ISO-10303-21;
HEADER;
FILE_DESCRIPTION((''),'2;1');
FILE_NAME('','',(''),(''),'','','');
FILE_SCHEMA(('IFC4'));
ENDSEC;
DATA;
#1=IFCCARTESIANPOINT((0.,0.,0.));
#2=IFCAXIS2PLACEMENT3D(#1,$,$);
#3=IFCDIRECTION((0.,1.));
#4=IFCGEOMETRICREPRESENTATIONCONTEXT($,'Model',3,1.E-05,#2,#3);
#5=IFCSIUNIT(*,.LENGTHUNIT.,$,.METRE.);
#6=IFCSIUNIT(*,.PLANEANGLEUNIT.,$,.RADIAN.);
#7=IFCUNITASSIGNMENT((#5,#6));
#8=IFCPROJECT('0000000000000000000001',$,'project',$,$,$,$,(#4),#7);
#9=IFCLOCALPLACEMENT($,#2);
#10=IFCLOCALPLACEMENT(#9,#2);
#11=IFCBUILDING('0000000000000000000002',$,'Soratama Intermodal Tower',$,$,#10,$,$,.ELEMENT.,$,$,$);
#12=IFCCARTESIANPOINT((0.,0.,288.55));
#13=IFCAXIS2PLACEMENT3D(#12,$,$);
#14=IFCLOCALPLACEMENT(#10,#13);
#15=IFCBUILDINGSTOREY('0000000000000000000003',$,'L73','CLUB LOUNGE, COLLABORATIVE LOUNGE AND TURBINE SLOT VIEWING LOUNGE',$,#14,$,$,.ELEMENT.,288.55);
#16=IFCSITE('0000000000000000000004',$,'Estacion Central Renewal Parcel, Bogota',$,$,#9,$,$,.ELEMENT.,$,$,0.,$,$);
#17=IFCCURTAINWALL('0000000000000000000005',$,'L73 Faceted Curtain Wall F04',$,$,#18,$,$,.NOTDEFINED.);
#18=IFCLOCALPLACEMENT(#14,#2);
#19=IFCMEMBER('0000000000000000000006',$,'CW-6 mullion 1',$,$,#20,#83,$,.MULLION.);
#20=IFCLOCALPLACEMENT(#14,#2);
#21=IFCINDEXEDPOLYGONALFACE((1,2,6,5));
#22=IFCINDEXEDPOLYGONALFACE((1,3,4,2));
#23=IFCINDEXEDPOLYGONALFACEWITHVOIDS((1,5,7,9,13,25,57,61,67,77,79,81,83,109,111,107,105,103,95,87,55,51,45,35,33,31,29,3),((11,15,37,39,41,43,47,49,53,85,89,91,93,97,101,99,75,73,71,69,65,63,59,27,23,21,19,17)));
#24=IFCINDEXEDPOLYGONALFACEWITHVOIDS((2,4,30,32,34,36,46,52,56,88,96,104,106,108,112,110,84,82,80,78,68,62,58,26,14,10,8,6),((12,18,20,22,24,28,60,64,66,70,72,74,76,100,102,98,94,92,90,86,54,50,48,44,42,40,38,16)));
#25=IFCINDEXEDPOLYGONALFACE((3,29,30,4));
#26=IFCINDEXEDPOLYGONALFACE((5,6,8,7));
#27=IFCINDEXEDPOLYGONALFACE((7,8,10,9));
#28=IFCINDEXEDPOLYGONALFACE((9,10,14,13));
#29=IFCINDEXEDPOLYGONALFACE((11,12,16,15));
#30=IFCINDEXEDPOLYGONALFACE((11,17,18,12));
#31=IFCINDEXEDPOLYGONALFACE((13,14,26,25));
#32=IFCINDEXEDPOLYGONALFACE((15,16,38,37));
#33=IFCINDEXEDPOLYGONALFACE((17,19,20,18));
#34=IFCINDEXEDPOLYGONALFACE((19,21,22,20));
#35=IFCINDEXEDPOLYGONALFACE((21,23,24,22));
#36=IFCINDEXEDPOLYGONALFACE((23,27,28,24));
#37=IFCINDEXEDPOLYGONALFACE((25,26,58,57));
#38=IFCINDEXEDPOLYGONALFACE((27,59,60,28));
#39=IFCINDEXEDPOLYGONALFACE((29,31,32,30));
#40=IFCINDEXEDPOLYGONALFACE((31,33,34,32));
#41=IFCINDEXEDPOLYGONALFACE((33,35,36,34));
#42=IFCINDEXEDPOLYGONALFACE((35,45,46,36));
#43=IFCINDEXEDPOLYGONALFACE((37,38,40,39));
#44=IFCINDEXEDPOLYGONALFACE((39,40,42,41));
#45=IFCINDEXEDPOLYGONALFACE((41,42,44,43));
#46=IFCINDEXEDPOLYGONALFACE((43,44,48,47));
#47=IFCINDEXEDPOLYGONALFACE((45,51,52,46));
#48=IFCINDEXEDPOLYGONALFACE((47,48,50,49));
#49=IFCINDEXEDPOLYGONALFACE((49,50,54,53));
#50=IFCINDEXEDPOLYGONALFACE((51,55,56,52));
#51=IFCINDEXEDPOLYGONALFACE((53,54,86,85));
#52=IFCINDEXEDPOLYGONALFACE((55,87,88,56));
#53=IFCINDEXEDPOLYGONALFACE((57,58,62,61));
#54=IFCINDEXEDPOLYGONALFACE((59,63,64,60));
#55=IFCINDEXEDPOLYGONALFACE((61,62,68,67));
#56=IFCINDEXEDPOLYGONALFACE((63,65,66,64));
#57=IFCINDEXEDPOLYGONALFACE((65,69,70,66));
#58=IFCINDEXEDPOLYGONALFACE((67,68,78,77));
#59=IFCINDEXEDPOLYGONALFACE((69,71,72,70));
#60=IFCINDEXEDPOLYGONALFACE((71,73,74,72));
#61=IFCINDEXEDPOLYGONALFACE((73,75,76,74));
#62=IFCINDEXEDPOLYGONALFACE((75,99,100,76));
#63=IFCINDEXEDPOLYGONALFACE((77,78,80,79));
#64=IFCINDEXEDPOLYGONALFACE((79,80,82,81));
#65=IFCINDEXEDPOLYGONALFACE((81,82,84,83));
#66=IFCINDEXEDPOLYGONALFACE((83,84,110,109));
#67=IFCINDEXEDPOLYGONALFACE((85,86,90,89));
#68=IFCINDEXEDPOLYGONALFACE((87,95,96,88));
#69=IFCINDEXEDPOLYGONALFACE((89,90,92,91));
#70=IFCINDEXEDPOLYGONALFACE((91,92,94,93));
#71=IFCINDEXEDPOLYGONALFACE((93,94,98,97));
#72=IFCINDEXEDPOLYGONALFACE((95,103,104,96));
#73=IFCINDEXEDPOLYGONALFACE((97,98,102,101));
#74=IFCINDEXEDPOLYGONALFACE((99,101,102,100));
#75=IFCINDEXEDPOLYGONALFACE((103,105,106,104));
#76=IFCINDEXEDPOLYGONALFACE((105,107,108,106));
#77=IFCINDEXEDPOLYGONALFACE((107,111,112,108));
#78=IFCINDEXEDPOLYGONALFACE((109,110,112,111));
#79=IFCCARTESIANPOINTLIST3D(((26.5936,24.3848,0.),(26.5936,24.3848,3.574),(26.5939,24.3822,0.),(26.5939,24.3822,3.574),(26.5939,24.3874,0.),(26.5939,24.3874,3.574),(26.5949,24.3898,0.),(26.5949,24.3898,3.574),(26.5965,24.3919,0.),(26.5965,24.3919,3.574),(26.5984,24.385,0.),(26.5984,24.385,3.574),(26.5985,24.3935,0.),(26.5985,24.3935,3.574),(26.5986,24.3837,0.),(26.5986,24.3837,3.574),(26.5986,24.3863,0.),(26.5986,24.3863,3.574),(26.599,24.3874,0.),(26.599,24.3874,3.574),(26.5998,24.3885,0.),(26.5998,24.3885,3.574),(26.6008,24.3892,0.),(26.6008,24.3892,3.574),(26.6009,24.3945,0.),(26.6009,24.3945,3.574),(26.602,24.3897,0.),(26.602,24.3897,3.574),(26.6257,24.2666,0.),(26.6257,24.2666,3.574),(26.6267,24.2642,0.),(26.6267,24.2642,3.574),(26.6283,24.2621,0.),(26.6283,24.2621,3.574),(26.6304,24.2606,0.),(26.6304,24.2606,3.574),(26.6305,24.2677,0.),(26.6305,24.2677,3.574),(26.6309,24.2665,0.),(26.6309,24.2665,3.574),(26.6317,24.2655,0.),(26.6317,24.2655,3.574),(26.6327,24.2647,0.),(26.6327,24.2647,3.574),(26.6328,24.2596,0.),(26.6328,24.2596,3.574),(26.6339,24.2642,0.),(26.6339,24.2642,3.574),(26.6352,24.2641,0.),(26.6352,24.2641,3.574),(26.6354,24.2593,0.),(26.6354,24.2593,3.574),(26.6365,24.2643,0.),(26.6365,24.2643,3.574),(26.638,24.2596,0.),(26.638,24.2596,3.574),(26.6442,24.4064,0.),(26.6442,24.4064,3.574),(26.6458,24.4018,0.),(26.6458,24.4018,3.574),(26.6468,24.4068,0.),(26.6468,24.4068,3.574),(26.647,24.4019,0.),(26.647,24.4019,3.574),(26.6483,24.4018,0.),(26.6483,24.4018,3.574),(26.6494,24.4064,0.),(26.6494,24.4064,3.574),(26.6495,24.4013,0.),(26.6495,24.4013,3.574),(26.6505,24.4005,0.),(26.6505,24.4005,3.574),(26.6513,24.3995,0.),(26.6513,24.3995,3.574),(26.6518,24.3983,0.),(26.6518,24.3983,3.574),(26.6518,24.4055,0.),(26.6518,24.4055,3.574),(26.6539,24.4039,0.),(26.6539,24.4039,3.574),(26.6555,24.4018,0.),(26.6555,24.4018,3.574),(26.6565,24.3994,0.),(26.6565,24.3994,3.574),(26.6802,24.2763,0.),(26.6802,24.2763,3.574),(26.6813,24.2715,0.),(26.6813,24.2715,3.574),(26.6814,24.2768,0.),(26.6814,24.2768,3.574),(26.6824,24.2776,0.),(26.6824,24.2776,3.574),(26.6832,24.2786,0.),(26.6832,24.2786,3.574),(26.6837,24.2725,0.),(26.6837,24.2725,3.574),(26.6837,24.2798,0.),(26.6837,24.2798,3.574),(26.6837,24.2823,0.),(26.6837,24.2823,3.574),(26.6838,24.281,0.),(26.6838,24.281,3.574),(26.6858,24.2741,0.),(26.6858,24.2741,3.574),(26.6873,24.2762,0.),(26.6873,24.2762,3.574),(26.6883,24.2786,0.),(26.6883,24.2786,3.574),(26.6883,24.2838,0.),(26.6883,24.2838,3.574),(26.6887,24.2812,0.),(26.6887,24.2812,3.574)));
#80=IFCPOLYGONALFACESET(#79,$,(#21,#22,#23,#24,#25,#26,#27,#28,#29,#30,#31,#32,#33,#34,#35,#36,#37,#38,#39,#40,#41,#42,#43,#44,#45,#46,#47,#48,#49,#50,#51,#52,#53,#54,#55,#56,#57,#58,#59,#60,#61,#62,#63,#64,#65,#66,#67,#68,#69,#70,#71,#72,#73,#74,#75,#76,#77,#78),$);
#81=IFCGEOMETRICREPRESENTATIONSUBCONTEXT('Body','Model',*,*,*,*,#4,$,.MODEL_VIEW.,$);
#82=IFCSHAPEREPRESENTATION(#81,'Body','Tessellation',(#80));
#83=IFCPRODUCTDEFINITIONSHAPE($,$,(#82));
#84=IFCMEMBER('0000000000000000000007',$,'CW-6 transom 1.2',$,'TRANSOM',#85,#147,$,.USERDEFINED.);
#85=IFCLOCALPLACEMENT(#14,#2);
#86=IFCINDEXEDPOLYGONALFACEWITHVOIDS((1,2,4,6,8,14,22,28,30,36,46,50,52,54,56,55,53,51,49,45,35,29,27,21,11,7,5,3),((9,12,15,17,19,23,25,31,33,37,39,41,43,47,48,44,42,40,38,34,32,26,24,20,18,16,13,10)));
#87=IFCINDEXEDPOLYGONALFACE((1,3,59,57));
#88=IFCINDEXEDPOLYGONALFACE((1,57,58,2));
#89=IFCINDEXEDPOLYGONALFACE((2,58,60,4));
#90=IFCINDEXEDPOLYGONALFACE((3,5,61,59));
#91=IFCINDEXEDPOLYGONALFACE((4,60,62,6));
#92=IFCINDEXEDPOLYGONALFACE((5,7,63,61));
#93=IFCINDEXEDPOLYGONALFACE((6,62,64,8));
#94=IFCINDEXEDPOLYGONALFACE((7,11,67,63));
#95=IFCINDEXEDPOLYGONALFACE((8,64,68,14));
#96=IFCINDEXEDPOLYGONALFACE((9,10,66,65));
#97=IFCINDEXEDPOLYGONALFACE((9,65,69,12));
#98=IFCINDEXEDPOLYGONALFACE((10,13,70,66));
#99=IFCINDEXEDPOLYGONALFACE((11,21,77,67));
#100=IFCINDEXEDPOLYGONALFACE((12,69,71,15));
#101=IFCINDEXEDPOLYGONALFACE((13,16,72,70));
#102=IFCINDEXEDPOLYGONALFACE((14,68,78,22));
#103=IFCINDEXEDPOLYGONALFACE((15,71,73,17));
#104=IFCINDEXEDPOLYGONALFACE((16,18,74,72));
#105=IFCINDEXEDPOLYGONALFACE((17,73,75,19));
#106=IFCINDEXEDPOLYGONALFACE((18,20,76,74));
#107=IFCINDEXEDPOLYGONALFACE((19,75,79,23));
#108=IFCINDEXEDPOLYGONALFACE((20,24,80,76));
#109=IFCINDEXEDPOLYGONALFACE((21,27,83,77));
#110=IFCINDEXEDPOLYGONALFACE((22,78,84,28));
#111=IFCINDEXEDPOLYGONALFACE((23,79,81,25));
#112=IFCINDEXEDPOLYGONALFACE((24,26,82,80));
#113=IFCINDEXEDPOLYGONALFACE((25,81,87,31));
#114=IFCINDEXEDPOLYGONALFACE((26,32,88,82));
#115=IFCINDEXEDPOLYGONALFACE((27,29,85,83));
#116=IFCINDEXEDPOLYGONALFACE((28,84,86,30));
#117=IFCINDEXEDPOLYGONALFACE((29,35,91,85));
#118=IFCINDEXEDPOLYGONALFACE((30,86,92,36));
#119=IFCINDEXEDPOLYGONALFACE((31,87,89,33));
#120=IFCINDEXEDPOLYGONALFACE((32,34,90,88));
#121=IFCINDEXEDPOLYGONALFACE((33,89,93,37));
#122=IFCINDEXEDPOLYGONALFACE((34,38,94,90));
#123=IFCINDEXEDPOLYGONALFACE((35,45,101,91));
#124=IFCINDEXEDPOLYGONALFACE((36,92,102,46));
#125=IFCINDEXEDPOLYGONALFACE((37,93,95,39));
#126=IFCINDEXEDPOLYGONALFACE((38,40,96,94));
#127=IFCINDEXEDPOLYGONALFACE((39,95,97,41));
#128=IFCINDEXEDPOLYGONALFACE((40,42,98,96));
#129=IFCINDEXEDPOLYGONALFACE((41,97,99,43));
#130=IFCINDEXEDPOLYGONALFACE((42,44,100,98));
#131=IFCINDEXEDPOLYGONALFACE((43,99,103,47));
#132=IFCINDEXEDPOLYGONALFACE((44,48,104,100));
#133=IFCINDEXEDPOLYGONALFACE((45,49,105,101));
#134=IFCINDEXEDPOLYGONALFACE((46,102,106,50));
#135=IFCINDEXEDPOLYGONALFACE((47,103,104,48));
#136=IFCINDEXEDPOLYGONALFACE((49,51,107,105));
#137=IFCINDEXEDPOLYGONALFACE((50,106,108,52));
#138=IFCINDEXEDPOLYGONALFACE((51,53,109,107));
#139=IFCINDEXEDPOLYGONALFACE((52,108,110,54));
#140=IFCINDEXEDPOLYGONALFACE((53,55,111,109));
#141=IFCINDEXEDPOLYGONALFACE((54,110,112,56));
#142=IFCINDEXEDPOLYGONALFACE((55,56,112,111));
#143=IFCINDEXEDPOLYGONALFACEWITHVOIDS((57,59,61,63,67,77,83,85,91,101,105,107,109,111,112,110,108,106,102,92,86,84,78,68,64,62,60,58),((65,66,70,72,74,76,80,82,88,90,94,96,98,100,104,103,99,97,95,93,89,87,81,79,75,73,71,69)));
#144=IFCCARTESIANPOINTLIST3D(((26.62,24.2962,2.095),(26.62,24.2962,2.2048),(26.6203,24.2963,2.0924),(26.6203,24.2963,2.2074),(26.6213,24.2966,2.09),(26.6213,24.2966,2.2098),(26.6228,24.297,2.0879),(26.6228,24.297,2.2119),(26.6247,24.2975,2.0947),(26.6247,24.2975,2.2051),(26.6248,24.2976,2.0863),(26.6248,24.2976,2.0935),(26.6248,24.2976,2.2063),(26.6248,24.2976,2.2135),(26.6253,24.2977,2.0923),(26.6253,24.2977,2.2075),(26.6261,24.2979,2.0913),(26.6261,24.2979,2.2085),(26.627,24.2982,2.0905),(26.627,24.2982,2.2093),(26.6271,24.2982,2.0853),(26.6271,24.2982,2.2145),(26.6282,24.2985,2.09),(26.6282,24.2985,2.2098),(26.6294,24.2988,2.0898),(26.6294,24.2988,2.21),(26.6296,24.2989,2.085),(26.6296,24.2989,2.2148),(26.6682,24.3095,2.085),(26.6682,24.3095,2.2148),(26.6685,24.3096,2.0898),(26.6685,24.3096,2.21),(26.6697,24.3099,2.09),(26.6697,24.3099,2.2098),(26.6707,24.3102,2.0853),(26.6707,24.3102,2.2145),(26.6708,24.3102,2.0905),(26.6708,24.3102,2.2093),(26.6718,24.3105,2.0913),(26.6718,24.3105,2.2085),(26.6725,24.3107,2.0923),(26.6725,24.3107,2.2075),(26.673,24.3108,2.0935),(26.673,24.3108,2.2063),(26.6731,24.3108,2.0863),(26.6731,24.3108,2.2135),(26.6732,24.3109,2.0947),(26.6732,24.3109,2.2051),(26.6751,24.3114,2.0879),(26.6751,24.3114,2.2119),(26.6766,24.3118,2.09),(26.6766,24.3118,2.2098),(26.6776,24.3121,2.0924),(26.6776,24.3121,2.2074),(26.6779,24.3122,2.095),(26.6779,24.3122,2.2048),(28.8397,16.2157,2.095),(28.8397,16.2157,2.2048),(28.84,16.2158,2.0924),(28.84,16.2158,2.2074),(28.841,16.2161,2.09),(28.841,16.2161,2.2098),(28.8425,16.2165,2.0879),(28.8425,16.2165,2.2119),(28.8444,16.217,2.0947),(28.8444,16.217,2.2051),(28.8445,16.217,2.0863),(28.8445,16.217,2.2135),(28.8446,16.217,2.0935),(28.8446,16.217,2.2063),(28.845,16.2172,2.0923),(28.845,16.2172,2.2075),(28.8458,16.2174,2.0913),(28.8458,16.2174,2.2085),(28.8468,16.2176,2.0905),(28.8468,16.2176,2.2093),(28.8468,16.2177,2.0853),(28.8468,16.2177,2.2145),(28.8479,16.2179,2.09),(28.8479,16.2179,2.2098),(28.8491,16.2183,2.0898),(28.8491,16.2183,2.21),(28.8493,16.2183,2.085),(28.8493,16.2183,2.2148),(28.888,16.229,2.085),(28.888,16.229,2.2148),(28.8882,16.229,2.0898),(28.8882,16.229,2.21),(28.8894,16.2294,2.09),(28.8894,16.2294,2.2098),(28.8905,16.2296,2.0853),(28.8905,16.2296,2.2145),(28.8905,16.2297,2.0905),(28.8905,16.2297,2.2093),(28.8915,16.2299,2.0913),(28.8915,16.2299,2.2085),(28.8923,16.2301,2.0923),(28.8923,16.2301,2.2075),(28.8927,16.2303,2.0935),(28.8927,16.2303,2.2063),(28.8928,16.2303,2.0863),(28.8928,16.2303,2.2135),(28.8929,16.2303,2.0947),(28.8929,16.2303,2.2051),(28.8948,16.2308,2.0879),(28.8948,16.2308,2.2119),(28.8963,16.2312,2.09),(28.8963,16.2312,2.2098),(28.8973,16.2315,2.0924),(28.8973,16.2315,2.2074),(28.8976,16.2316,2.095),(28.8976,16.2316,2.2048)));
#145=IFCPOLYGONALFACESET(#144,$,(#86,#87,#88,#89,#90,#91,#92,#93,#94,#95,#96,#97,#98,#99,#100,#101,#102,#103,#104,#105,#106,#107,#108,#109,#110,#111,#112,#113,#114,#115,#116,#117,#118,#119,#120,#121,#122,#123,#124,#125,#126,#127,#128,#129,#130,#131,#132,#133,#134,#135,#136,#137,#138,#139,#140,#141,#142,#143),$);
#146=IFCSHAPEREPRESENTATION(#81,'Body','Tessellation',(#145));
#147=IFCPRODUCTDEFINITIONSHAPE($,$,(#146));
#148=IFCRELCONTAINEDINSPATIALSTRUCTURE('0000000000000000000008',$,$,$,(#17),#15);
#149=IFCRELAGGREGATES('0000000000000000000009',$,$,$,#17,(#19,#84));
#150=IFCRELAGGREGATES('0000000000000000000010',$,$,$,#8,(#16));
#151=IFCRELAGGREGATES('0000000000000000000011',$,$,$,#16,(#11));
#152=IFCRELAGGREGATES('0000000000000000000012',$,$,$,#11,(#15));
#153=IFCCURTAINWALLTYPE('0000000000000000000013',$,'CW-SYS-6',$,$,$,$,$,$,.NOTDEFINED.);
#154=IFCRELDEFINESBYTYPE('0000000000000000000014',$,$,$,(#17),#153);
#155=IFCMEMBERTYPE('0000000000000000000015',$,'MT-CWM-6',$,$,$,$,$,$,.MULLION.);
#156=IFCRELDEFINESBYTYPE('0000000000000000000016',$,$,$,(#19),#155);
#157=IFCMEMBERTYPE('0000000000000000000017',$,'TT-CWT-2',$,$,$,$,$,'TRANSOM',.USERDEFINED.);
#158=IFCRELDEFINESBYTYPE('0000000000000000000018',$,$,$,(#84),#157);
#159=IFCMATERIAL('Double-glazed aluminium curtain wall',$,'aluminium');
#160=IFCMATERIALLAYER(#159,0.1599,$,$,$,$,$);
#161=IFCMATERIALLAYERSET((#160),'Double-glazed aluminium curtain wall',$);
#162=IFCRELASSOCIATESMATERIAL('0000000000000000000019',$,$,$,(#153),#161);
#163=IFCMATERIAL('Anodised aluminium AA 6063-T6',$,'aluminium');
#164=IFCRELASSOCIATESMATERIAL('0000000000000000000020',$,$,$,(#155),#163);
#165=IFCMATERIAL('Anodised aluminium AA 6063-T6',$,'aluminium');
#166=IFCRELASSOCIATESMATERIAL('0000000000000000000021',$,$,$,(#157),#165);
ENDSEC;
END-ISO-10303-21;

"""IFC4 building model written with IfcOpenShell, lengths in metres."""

from ifc_helpers import new_model, si_unit, direction, frame, origin, origin_2d, place, context, subcontext, project, spatial, hollow_rectangle, extrude, material, layer, layer_set, material_profile, profile_set, type_object, element, aggregate, save


model = new_model("IFC4")

# Units and contexts
model_context = context("Model", 3, precision=1e-05, world=origin(), true_north=direction((0.0, 1.0)))
body_context = subcontext(model_context, "Body", "Model", "MODEL_VIEW")
ifc_project = project(units=[si_unit("LENGTHUNIT", "METRE"), si_unit("PLANEANGLEUNIT", "RADIAN")], contexts=[model_context])

# Site, building, storey
site_placement = place(None, origin())
site = spatial("IfcSite", under=ifc_project, at=site_placement, Name="Estacion Central Renewal Parcel, Bogota", CompositionType="ELEMENT", RefElevation=0.0)
building_placement = place(site_placement, origin())
building = spatial("IfcBuilding", under=site, at=building_placement, Name="Soratama Intermodal Tower", CompositionType="ELEMENT")
storey_placement = place(building_placement, frame((0.0, 0.0, 288.55)))
storey = spatial("IfcBuildingStorey", under=building, at=storey_placement, Name="L73", Description="CLUB LOUNGE, COLLABORATIVE LOUNGE AND TURBINE SLOT VIEWING LOUNGE", CompositionType="ELEMENT", Elevation=288.55)

# Shared definitions
ifc_material_1 = material(Name="Double-glazed aluminium curtain wall", Category="aluminium")
ifc_layer_1 = layer(ifc_material_1, 0.1599)
ifc_layer_set_1 = layer_set([ifc_layer_1], Name="Double-glazed aluminium curtain wall")
curtain_wall_type = type_object("IfcCurtainWallType", Name="CW-SYS-6", PredefinedType="NOTDEFINED", material=ifc_layer_set_1)
ifc_material_2 = material(Name="Anodised aluminium AA 6063-T6", Category="aluminium")
ifc_material_profile_1 = material_profile(ifc_material_2, hollow_rectangle(XDim=0.0649, YDim=0.1399, WallThickness=0.0049, InnerFilletRadius=0.0049, OuterFilletRadius=0.01, at=origin_2d()), Name="CWM140X65X5")
ifc_profile_set_1 = profile_set([ifc_material_profile_1], Name="Anodised aluminium AA 6063-T6")
member_type_1 = type_object("IfcMemberType", Name="MT-CWM-6", PredefinedType="MULLION", material=ifc_profile_set_1)

# Curtain wall, members
curtain_wall_1_placement = place(storey_placement, origin())
curtain_wall_1 = element("IfcCurtainWall", 1, at=curtain_wall_1_placement, inside=storey, type_object=curtain_wall_type, Name="L73 Faceted Curtain Wall F04", PredefinedType="NOTDEFINED")
member_1_placement = place(storey_placement, frame((26.6411, 24.333, 0.0), z_axis=(0.0, 0.0, 1.0), x_axis=(0.964282, 0.264877, 0.0)))
member_1 = element("IfcMember", 2, at=member_1_placement, type_object=member_type_1, Name="CW-6 mullion 1", PredefinedType="MULLION", context=body_context, shape_type="SweptSolid", body=[
    extrude(hollow_rectangle(XDim=0.0649, YDim=0.1399, WallThickness=0.0049, InnerFilletRadius=0.0049, OuterFilletRadius=0.01, at=origin_2d()), origin(), (0.0, 0.0, 1.0), 3.574),
])
ifc_material_3 = material(Name="Anodised aluminium AA 6063-T6", Category="aluminium")
ifc_material_profile_2 = material_profile(ifc_material_3, hollow_rectangle(XDim=0.0601, YDim=0.1299, WallThickness=0.0049, InnerFilletRadius=0.0049, OuterFilletRadius=0.01, at=origin_2d()), Name="CWT130X60X5")
ifc_profile_set_2 = profile_set([ifc_material_profile_2], Name="Anodised aluminium AA 6063-T6")
member_type_2 = type_object("IfcMemberType", Name="TT-CWT-2", ElementType="TRANSOM", PredefinedType="USERDEFINED", material=ifc_profile_set_2)
member_2_placement = place(storey_placement, frame((26.6489, 24.3042, 2.1499), z_axis=(0.264887, -0.964279, 0.0), x_axis=(0.964279, 0.264887, 0.0)))
member_2 = element("IfcMember", 3, at=member_2_placement, type_object=member_type_2, Name="CW-6 transom 1.2", ObjectType="TRANSOM", PredefinedType="USERDEFINED", context=body_context, shape_type="SweptSolid", body=[
    extrude(hollow_rectangle(XDim=0.0601, YDim=0.1299, WallThickness=0.0049, InnerFilletRadius=0.0049, OuterFilletRadius=0.01, at=origin_2d()), origin(), (0.0, 0.0, 1.0), 8.3799),
])
aggregate(curtain_wall_1, [member_1, member_2])

save(model, "model.ifc")
